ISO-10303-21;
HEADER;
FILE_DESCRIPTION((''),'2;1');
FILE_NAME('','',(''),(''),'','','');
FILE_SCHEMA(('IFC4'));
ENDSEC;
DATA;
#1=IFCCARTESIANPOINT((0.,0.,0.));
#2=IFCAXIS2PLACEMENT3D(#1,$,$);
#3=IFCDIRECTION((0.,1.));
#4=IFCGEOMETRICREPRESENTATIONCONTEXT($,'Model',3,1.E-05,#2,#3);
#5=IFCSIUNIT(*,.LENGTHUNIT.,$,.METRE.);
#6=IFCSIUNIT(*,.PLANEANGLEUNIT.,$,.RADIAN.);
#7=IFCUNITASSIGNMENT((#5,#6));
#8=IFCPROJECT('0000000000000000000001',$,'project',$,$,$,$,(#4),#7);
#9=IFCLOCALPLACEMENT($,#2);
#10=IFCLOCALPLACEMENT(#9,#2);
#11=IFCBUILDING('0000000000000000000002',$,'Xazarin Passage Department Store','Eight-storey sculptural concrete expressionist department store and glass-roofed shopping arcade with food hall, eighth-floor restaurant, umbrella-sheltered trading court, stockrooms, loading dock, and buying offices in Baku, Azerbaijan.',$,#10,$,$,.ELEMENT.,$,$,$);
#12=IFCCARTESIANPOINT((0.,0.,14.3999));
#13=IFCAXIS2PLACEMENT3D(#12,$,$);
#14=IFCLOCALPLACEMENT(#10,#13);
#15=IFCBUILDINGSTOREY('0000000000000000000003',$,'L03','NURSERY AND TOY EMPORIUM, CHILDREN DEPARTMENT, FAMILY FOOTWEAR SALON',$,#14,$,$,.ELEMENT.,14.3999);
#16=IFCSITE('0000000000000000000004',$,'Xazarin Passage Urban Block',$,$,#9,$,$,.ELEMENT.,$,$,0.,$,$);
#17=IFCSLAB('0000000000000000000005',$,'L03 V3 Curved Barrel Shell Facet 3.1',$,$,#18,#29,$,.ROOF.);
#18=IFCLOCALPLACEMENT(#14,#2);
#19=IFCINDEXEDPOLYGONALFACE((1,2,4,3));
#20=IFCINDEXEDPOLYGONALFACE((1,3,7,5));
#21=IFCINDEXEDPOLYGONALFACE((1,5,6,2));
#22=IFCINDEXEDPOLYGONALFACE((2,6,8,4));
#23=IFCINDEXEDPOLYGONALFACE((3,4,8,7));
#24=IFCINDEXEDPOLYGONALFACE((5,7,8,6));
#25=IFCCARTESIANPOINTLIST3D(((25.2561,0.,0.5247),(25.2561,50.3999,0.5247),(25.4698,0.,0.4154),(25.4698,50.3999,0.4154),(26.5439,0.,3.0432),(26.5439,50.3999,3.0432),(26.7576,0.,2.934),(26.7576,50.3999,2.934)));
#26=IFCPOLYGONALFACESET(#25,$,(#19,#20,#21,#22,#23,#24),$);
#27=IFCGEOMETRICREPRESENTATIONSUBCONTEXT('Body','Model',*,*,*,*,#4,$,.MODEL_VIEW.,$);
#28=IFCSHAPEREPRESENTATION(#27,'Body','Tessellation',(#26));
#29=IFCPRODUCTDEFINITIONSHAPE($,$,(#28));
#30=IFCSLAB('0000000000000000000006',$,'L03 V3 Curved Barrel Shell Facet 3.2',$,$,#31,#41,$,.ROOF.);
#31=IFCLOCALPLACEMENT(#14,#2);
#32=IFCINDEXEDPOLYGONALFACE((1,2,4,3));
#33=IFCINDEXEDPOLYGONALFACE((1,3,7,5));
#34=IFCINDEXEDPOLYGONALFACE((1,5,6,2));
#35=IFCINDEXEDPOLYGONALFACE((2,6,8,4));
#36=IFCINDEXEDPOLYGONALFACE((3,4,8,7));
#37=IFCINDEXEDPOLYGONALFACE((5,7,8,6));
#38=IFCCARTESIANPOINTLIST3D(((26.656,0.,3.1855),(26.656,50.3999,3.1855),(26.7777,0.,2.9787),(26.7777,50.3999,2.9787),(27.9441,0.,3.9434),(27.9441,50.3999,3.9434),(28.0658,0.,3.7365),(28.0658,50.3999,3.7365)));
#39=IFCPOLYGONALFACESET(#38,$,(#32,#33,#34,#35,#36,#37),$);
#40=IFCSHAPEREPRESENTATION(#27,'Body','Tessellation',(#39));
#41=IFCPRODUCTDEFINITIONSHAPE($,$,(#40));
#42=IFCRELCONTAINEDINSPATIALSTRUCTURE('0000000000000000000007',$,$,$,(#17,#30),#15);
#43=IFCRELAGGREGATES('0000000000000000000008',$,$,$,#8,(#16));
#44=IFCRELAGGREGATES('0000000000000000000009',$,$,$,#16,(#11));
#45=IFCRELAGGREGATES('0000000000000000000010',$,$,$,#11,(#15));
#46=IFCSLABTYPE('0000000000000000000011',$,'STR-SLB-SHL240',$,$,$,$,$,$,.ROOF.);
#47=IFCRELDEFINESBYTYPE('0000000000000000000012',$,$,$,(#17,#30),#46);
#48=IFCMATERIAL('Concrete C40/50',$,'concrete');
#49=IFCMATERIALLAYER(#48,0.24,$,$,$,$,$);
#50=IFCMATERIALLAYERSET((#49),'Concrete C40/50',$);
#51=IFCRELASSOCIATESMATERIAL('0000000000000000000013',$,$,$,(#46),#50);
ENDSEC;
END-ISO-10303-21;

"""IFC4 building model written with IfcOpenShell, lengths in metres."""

from ifc_helpers import new_model, si_unit, direction, frame, origin, place, context, subcontext, project, spatial, polyline, outline, extrude, material, layer, layer_set, type_object, element, save


model = new_model("IFC4")

# Units and contexts
model_context = context("Model", 3, precision=1e-05, world=origin(), true_north=direction((0.0, 1.0)))
body_context = subcontext(model_context, "Body", "Model", "MODEL_VIEW")
ifc_project = project(units=[si_unit("LENGTHUNIT", "METRE"), si_unit("PLANEANGLEUNIT", "RADIAN")], contexts=[model_context])

# Site, building, storey
site_placement = place(None, origin())
site = spatial("IfcSite", under=ifc_project, at=site_placement, Name="Xazarin Passage Urban Block", CompositionType="ELEMENT", RefElevation=0.0)
building_placement = place(site_placement, origin())
building = spatial("IfcBuilding", under=site, at=building_placement, Name="Xazarin Passage Department Store", Description="Eight-storey sculptural concrete expressionist department store and glass-roofed shopping arcade with food hall, eighth-floor restaurant, umbrella-sheltered trading court, stockrooms, loading dock, and buying offices in Baku, Azerbaijan.", CompositionType="ELEMENT")
storey_placement = place(building_placement, frame((0.0, 0.0, 14.3999)))
storey = spatial("IfcBuildingStorey", under=building, at=storey_placement, Name="L03", Description="NURSERY AND TOY EMPORIUM, CHILDREN DEPARTMENT, FAMILY FOOTWEAR SALON", CompositionType="ELEMENT", Elevation=14.3999)

# Slabs
ifc_material_1 = material(Name="Concrete C40/50", Category="concrete")
ifc_layer = layer(ifc_material_1, 0.24)
ifc_layer_set = layer_set([ifc_layer], Name="Concrete C40/50")
slab_type = type_object("IfcSlabType", Name="STR-SLB-SHL240", PredefinedType="ROOF", material=ifc_layer_set)
slab_1_placement = place(storey_placement, frame((25.2561, 0.0, 0.5247), z_axis=(-0.890352, 0.0, 0.455274), x_axis=(0.455274, 0.0, 0.890352)))
element("IfcSlab", 1, at=slab_1_placement, inside=storey, type_object=slab_type, Name="L03 V3 Curved Barrel Shell Facet 3.1", PredefinedType="ROOF", context=body_context, shape_type="SweptSolid", body=[
    extrude(outline(polyline([(0.0, 0.0), (2.8287, 0.0), (2.8287, 50.3999), (0.0, 50.3999), (0.0, 0.0)])), origin(), (0.0, 0.0, -1.0), 0.24),
])
slab_2_placement = place(storey_placement, frame((26.656, 0.0, 3.1855), z_axis=(-0.507077, 0.0, 0.861901), x_axis=(0.861901, 0.0, 0.507077)))
element("IfcSlab", 2, at=slab_2_placement, inside=storey, type_object=slab_type, Name="L03 V3 Curved Barrel Shell Facet 3.2", PredefinedType="ROOF", context=body_context, shape_type="SweptSolid", body=[
    extrude(outline(polyline([(0.0, 0.0), (1.4945, 0.0), (1.4945, 50.3999), (0.0, 50.3999), (0.0, 0.0)])), origin(), (0.0, 0.0, -1.0), 0.24),
])

save(model, "model.ifc")
